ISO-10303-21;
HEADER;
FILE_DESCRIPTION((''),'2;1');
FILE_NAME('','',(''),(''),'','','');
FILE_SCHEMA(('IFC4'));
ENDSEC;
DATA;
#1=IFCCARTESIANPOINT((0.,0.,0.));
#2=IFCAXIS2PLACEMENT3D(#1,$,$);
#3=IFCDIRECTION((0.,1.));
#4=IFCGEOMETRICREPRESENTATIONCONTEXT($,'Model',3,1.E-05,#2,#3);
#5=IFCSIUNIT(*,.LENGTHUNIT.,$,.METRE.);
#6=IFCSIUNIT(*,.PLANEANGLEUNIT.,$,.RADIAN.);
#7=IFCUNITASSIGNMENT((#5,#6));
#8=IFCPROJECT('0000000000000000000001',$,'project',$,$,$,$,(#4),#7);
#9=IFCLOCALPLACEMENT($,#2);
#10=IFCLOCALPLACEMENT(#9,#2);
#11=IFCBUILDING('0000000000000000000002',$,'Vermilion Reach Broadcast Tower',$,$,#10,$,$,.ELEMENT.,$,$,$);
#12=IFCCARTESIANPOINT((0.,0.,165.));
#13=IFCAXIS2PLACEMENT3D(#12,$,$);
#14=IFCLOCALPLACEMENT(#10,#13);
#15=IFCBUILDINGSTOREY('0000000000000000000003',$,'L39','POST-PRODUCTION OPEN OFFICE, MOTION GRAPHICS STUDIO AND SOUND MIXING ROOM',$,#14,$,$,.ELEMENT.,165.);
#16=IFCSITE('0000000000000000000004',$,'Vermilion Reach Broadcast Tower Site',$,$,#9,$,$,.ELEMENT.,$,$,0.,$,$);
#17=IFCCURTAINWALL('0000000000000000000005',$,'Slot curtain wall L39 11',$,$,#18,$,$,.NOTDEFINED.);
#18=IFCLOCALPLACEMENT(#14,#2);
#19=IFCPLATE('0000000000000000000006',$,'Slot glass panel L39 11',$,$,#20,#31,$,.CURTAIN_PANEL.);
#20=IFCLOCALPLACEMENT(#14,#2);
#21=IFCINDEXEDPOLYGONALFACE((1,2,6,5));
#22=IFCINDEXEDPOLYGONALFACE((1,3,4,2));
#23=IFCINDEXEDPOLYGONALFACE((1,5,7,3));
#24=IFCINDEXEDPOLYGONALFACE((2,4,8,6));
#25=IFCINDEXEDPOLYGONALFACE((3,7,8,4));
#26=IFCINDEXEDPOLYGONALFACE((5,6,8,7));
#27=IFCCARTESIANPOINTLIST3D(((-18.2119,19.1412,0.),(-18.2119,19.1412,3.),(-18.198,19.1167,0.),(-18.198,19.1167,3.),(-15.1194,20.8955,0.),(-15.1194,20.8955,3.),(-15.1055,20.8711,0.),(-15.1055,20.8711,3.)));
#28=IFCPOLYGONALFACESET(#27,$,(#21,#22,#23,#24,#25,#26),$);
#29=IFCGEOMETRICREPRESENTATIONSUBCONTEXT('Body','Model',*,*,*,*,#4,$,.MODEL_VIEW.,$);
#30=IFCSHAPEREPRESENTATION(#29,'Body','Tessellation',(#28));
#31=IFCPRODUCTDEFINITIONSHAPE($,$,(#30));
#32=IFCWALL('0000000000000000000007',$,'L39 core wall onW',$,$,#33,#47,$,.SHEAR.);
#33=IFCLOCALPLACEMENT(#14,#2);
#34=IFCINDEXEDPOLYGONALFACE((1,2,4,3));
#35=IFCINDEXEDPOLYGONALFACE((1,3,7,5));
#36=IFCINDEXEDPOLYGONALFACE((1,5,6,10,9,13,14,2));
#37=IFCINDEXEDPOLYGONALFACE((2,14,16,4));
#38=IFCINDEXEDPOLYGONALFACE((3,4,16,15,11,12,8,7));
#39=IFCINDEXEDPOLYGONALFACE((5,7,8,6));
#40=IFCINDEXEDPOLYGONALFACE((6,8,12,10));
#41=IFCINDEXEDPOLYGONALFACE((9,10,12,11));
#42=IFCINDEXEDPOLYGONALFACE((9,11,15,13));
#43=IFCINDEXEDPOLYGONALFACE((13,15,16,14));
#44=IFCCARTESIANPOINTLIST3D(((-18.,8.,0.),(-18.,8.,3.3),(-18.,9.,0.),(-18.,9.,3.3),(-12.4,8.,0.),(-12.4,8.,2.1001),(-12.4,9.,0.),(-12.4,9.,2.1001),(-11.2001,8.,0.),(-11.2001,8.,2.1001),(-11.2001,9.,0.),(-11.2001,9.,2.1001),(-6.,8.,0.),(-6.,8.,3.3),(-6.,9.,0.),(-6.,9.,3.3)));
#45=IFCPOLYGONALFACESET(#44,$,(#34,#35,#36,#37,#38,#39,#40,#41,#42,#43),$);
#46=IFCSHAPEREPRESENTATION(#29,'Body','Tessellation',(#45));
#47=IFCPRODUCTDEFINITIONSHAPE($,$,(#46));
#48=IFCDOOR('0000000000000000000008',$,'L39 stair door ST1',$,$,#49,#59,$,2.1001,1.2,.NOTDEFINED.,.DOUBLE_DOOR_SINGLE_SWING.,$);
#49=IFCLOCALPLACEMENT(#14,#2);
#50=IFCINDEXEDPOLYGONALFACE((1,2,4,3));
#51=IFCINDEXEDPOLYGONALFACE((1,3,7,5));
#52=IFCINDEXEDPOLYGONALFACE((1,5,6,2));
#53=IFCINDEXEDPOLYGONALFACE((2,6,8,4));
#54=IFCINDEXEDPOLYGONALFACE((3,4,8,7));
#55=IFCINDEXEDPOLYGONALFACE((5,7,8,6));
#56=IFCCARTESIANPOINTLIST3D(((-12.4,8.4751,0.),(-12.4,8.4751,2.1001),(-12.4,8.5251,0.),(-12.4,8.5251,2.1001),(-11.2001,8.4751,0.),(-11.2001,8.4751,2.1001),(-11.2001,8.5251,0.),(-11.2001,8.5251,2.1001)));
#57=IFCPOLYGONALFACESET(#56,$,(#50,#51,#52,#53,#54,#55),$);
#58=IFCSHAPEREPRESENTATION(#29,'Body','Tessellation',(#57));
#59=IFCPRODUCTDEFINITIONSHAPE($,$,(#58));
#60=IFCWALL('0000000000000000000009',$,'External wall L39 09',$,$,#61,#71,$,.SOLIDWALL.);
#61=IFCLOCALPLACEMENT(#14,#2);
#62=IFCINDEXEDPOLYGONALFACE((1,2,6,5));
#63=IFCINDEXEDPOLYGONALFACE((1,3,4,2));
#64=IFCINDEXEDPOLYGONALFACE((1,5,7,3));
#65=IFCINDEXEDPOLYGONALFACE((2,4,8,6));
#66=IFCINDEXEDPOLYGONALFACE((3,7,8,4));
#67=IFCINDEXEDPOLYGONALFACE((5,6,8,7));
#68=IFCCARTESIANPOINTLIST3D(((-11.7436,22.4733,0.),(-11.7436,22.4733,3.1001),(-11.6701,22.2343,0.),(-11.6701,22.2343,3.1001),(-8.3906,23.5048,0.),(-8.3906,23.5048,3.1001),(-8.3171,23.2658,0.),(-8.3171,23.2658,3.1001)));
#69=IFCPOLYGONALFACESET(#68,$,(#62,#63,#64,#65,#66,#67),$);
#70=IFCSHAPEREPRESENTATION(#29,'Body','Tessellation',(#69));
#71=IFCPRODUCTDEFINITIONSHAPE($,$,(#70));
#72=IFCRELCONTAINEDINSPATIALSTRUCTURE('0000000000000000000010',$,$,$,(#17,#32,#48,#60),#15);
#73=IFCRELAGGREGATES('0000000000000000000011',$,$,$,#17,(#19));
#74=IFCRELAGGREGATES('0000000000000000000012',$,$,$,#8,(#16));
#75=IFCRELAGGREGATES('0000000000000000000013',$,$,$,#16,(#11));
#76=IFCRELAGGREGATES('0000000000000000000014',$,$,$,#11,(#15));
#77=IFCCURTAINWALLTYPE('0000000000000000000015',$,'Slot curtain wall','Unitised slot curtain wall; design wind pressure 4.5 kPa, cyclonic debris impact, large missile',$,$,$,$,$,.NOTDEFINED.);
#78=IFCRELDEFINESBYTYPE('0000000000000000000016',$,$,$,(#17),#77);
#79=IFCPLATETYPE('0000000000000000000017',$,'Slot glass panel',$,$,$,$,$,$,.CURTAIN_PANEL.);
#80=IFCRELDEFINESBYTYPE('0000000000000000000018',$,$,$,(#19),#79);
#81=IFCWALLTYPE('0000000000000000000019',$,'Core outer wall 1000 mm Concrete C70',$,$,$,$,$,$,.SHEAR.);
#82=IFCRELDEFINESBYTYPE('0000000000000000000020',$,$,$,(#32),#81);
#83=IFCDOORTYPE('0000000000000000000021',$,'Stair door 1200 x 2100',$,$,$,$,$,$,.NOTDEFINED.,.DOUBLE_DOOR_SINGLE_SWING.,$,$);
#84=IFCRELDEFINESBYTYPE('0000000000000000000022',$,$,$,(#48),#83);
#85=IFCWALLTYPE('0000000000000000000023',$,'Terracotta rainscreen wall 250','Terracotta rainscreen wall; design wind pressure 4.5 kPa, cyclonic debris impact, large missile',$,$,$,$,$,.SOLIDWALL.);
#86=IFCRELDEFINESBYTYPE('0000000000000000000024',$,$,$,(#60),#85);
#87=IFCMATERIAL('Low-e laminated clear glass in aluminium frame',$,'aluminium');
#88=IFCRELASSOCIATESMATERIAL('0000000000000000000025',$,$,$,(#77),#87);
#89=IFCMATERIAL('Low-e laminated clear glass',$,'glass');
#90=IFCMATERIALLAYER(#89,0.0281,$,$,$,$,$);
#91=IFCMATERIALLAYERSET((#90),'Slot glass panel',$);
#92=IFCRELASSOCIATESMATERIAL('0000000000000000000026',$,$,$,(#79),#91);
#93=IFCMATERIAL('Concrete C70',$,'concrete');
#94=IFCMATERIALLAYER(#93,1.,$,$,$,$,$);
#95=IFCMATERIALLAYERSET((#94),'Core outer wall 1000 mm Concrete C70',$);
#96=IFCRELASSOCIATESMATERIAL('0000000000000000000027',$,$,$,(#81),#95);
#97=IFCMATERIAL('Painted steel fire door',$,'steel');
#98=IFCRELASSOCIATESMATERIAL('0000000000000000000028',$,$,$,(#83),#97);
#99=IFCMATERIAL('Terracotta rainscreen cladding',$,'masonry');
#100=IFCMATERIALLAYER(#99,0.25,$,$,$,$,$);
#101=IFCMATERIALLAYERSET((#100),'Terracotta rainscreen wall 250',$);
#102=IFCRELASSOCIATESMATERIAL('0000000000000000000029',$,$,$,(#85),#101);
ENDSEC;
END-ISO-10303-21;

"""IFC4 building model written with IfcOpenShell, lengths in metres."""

from ifc_helpers import new_model, si_unit, direction, frame, frame_2d, origin, origin_2d, place, context, subcontext, project, spatial, rectangle, extrude, material, layer, layer_set, type_object, element, fill, aggregate, save


model = new_model("IFC4")

# Units and contexts
model_context = context("Model", 3, precision=1e-05, world=origin(), true_north=direction((0.0, 1.0)))
body_context = subcontext(model_context, "Body", "Model", "MODEL_VIEW")
ifc_project = project(units=[si_unit("LENGTHUNIT", "METRE"), si_unit("PLANEANGLEUNIT", "RADIAN")], contexts=[model_context])

# Site, building, storey
site_placement = place(None, origin())
site = spatial("IfcSite", under=ifc_project, at=site_placement, Name="Vermilion Reach Broadcast Tower Site", CompositionType="ELEMENT", RefElevation=0.0)
building_placement = place(site_placement, origin())
building = spatial("IfcBuilding", under=site, at=building_placement, Name="Vermilion Reach Broadcast Tower", CompositionType="ELEMENT")
storey_placement = place(building_placement, frame((0.0, 0.0, 165.0)))
storey = spatial("IfcBuildingStorey", under=building, at=storey_placement, Name="L39", Description="POST-PRODUCTION OPEN OFFICE, MOTION GRAPHICS STUDIO AND SOUND MIXING ROOM", CompositionType="ELEMENT", Elevation=165.0)

# Curtain wall
ifc_material_1 = material(Name="Low-e laminated clear glass in aluminium frame", Category="aluminium")
curtain_wall_type = type_object("IfcCurtainWallType", Name="Slot curtain wall", Description="Unitised slot curtain wall; design wind pressure 4.5 kPa, cyclonic debris impact, large missile", PredefinedType="NOTDEFINED", material=ifc_material_1)
placement = place(storey_placement, origin())
curtain_wall_1 = element("IfcCurtainWall", 1, at=placement, inside=storey, type_object=curtain_wall_type, Name="Slot curtain wall L39 11", PredefinedType="NOTDEFINED")

# Plate
ifc_material_2 = material(Name="Low-e laminated clear glass", Category="glass")
ifc_layer_1 = layer(ifc_material_2, 0.0281)
ifc_layer_set_1 = layer_set([ifc_layer_1], Name="Slot glass panel")
plate_type = type_object("IfcPlateType", Name="Slot glass panel", PredefinedType="CURTAIN_PANEL", material=ifc_layer_set_1)
plate_1_placement = place(storey_placement, frame((-16.6587, 20.0061, 0.0), z_axis=(0.0, 0.0, 1.0), x_axis=(-0.869791, -0.493421, 0.0)))
plate_1 = element("IfcPlate", 2, at=plate_1_placement, type_object=plate_type, Name="Slot glass panel L39 11", PredefinedType="CURTAIN_PANEL", context=body_context, shape_type="SweptSolid", body=[
    extrude(rectangle(XDim=3.5554, YDim=0.0281, at=origin_2d()), origin(), (0.0, 0.0, 1.0), 3.0),
])
aggregate(curtain_wall_1, [plate_1])

# Wall, opening, door
ifc_material_3 = material(Name="Concrete C70", Category="concrete")
ifc_layer_2 = layer(ifc_material_3, 1.0)
ifc_layer_set_2 = layer_set([ifc_layer_2], Name="Core outer wall 1000 mm Concrete C70")
wall_type_1 = type_object("IfcWallType", Name="Core outer wall 1000 mm Concrete C70", PredefinedType="SHEAR", material=ifc_layer_set_2)
wall_1_placement = place(storey_placement, frame((-6.0, 8.5, 0.0), z_axis=(0.0, 0.0, 1.0), x_axis=(-1.0, 0.0, 0.0)))
wall_1 = element("IfcWall", 3, at=wall_1_placement, inside=storey, type_object=wall_type_1, Name="L39 core wall onW", PredefinedType="SHEAR", context=body_context, shape_type="SweptSolid", body=[
    extrude(rectangle(XDim=12.0, YDim=1.0, at=frame_2d((6.0, 0.0))), origin(), (0.0, 0.0, 1.0), 3.3),
])
opening_placement = place(wall_1_placement, frame((5.2, 0.0, 0.0)))
opening = element("IfcOpeningElement", 4, at=opening_placement, cuts=wall_1, PredefinedType="OPENING", context=body_context, shape_type="SweptSolid", body=[
    extrude(rectangle(XDim=1.2, YDim=2.1001, at=frame_2d((0.6001, 1.05))), frame((0.0, 0.51, 0.0), z_axis=(0.0, -1.0, 0.0), x_axis=(1.0, 0.0, 0.0)), (0.0, 0.0, 1.0), 1.02),
])
ifc_material_4 = material(Name="Painted steel fire door", Category="steel")
door_type = type_object("IfcDoorType", Name="Stair door 1200 x 2100", OperationType="DOUBLE_DOOR_SINGLE_SWING", PredefinedType="NOTDEFINED", material=ifc_material_4)
door_placement = place(opening_placement, origin())
door = element("IfcDoor", 5, at=door_placement, inside=storey, type_object=door_type, Name="L39 stair door ST1", OperationType="DOUBLE_DOOR_SINGLE_SWING", OverallHeight=2.1001, OverallWidth=1.2, PredefinedType="NOTDEFINED", context=body_context, shape_type="SweptSolid", body=[
    extrude(rectangle(XDim=1.2, YDim=2.1001, at=frame_2d((0.6001, 1.05))), frame((0.0, 0.0249, 0.0), z_axis=(0.0, -1.0, 0.0), x_axis=(1.0, 0.0, 0.0)), (0.0, 0.0, 1.0), 0.05),
])
fill(opening, door)

# Wall
ifc_material_5 = material(Name="Terracotta rainscreen cladding", Category="masonry")
ifc_layer_3 = layer(ifc_material_5, 0.25)
ifc_layer_set_3 = layer_set([ifc_layer_3], Name="Terracotta rainscreen wall 250")
wall_type_2 = type_object("IfcWallType", Name="Terracotta rainscreen wall 250", Description="Terracotta rainscreen wall; design wind pressure 4.5 kPa, cyclonic debris impact, large missile", PredefinedType="SOLIDWALL", material=ifc_layer_set_3)
wall_2_placement = place(storey_placement, frame((-8.354, 23.3853, 0.0), z_axis=(0.0, 0.0, 1.0), x_axis=(-0.955796, -0.294032, 0.0)))
element("IfcWall", 6, at=wall_2_placement, inside=storey, type_object=wall_type_2, Name="External wall L39 09", PredefinedType="SOLIDWALL", context=body_context, shape_type="SweptSolid", body=[
    extrude(rectangle(XDim=3.5081, YDim=0.25, at=frame_2d((1.7539, 0.0))), origin(), (0.0, 0.0, 1.0), 3.1001),
])

save(model, "model.ifc")
